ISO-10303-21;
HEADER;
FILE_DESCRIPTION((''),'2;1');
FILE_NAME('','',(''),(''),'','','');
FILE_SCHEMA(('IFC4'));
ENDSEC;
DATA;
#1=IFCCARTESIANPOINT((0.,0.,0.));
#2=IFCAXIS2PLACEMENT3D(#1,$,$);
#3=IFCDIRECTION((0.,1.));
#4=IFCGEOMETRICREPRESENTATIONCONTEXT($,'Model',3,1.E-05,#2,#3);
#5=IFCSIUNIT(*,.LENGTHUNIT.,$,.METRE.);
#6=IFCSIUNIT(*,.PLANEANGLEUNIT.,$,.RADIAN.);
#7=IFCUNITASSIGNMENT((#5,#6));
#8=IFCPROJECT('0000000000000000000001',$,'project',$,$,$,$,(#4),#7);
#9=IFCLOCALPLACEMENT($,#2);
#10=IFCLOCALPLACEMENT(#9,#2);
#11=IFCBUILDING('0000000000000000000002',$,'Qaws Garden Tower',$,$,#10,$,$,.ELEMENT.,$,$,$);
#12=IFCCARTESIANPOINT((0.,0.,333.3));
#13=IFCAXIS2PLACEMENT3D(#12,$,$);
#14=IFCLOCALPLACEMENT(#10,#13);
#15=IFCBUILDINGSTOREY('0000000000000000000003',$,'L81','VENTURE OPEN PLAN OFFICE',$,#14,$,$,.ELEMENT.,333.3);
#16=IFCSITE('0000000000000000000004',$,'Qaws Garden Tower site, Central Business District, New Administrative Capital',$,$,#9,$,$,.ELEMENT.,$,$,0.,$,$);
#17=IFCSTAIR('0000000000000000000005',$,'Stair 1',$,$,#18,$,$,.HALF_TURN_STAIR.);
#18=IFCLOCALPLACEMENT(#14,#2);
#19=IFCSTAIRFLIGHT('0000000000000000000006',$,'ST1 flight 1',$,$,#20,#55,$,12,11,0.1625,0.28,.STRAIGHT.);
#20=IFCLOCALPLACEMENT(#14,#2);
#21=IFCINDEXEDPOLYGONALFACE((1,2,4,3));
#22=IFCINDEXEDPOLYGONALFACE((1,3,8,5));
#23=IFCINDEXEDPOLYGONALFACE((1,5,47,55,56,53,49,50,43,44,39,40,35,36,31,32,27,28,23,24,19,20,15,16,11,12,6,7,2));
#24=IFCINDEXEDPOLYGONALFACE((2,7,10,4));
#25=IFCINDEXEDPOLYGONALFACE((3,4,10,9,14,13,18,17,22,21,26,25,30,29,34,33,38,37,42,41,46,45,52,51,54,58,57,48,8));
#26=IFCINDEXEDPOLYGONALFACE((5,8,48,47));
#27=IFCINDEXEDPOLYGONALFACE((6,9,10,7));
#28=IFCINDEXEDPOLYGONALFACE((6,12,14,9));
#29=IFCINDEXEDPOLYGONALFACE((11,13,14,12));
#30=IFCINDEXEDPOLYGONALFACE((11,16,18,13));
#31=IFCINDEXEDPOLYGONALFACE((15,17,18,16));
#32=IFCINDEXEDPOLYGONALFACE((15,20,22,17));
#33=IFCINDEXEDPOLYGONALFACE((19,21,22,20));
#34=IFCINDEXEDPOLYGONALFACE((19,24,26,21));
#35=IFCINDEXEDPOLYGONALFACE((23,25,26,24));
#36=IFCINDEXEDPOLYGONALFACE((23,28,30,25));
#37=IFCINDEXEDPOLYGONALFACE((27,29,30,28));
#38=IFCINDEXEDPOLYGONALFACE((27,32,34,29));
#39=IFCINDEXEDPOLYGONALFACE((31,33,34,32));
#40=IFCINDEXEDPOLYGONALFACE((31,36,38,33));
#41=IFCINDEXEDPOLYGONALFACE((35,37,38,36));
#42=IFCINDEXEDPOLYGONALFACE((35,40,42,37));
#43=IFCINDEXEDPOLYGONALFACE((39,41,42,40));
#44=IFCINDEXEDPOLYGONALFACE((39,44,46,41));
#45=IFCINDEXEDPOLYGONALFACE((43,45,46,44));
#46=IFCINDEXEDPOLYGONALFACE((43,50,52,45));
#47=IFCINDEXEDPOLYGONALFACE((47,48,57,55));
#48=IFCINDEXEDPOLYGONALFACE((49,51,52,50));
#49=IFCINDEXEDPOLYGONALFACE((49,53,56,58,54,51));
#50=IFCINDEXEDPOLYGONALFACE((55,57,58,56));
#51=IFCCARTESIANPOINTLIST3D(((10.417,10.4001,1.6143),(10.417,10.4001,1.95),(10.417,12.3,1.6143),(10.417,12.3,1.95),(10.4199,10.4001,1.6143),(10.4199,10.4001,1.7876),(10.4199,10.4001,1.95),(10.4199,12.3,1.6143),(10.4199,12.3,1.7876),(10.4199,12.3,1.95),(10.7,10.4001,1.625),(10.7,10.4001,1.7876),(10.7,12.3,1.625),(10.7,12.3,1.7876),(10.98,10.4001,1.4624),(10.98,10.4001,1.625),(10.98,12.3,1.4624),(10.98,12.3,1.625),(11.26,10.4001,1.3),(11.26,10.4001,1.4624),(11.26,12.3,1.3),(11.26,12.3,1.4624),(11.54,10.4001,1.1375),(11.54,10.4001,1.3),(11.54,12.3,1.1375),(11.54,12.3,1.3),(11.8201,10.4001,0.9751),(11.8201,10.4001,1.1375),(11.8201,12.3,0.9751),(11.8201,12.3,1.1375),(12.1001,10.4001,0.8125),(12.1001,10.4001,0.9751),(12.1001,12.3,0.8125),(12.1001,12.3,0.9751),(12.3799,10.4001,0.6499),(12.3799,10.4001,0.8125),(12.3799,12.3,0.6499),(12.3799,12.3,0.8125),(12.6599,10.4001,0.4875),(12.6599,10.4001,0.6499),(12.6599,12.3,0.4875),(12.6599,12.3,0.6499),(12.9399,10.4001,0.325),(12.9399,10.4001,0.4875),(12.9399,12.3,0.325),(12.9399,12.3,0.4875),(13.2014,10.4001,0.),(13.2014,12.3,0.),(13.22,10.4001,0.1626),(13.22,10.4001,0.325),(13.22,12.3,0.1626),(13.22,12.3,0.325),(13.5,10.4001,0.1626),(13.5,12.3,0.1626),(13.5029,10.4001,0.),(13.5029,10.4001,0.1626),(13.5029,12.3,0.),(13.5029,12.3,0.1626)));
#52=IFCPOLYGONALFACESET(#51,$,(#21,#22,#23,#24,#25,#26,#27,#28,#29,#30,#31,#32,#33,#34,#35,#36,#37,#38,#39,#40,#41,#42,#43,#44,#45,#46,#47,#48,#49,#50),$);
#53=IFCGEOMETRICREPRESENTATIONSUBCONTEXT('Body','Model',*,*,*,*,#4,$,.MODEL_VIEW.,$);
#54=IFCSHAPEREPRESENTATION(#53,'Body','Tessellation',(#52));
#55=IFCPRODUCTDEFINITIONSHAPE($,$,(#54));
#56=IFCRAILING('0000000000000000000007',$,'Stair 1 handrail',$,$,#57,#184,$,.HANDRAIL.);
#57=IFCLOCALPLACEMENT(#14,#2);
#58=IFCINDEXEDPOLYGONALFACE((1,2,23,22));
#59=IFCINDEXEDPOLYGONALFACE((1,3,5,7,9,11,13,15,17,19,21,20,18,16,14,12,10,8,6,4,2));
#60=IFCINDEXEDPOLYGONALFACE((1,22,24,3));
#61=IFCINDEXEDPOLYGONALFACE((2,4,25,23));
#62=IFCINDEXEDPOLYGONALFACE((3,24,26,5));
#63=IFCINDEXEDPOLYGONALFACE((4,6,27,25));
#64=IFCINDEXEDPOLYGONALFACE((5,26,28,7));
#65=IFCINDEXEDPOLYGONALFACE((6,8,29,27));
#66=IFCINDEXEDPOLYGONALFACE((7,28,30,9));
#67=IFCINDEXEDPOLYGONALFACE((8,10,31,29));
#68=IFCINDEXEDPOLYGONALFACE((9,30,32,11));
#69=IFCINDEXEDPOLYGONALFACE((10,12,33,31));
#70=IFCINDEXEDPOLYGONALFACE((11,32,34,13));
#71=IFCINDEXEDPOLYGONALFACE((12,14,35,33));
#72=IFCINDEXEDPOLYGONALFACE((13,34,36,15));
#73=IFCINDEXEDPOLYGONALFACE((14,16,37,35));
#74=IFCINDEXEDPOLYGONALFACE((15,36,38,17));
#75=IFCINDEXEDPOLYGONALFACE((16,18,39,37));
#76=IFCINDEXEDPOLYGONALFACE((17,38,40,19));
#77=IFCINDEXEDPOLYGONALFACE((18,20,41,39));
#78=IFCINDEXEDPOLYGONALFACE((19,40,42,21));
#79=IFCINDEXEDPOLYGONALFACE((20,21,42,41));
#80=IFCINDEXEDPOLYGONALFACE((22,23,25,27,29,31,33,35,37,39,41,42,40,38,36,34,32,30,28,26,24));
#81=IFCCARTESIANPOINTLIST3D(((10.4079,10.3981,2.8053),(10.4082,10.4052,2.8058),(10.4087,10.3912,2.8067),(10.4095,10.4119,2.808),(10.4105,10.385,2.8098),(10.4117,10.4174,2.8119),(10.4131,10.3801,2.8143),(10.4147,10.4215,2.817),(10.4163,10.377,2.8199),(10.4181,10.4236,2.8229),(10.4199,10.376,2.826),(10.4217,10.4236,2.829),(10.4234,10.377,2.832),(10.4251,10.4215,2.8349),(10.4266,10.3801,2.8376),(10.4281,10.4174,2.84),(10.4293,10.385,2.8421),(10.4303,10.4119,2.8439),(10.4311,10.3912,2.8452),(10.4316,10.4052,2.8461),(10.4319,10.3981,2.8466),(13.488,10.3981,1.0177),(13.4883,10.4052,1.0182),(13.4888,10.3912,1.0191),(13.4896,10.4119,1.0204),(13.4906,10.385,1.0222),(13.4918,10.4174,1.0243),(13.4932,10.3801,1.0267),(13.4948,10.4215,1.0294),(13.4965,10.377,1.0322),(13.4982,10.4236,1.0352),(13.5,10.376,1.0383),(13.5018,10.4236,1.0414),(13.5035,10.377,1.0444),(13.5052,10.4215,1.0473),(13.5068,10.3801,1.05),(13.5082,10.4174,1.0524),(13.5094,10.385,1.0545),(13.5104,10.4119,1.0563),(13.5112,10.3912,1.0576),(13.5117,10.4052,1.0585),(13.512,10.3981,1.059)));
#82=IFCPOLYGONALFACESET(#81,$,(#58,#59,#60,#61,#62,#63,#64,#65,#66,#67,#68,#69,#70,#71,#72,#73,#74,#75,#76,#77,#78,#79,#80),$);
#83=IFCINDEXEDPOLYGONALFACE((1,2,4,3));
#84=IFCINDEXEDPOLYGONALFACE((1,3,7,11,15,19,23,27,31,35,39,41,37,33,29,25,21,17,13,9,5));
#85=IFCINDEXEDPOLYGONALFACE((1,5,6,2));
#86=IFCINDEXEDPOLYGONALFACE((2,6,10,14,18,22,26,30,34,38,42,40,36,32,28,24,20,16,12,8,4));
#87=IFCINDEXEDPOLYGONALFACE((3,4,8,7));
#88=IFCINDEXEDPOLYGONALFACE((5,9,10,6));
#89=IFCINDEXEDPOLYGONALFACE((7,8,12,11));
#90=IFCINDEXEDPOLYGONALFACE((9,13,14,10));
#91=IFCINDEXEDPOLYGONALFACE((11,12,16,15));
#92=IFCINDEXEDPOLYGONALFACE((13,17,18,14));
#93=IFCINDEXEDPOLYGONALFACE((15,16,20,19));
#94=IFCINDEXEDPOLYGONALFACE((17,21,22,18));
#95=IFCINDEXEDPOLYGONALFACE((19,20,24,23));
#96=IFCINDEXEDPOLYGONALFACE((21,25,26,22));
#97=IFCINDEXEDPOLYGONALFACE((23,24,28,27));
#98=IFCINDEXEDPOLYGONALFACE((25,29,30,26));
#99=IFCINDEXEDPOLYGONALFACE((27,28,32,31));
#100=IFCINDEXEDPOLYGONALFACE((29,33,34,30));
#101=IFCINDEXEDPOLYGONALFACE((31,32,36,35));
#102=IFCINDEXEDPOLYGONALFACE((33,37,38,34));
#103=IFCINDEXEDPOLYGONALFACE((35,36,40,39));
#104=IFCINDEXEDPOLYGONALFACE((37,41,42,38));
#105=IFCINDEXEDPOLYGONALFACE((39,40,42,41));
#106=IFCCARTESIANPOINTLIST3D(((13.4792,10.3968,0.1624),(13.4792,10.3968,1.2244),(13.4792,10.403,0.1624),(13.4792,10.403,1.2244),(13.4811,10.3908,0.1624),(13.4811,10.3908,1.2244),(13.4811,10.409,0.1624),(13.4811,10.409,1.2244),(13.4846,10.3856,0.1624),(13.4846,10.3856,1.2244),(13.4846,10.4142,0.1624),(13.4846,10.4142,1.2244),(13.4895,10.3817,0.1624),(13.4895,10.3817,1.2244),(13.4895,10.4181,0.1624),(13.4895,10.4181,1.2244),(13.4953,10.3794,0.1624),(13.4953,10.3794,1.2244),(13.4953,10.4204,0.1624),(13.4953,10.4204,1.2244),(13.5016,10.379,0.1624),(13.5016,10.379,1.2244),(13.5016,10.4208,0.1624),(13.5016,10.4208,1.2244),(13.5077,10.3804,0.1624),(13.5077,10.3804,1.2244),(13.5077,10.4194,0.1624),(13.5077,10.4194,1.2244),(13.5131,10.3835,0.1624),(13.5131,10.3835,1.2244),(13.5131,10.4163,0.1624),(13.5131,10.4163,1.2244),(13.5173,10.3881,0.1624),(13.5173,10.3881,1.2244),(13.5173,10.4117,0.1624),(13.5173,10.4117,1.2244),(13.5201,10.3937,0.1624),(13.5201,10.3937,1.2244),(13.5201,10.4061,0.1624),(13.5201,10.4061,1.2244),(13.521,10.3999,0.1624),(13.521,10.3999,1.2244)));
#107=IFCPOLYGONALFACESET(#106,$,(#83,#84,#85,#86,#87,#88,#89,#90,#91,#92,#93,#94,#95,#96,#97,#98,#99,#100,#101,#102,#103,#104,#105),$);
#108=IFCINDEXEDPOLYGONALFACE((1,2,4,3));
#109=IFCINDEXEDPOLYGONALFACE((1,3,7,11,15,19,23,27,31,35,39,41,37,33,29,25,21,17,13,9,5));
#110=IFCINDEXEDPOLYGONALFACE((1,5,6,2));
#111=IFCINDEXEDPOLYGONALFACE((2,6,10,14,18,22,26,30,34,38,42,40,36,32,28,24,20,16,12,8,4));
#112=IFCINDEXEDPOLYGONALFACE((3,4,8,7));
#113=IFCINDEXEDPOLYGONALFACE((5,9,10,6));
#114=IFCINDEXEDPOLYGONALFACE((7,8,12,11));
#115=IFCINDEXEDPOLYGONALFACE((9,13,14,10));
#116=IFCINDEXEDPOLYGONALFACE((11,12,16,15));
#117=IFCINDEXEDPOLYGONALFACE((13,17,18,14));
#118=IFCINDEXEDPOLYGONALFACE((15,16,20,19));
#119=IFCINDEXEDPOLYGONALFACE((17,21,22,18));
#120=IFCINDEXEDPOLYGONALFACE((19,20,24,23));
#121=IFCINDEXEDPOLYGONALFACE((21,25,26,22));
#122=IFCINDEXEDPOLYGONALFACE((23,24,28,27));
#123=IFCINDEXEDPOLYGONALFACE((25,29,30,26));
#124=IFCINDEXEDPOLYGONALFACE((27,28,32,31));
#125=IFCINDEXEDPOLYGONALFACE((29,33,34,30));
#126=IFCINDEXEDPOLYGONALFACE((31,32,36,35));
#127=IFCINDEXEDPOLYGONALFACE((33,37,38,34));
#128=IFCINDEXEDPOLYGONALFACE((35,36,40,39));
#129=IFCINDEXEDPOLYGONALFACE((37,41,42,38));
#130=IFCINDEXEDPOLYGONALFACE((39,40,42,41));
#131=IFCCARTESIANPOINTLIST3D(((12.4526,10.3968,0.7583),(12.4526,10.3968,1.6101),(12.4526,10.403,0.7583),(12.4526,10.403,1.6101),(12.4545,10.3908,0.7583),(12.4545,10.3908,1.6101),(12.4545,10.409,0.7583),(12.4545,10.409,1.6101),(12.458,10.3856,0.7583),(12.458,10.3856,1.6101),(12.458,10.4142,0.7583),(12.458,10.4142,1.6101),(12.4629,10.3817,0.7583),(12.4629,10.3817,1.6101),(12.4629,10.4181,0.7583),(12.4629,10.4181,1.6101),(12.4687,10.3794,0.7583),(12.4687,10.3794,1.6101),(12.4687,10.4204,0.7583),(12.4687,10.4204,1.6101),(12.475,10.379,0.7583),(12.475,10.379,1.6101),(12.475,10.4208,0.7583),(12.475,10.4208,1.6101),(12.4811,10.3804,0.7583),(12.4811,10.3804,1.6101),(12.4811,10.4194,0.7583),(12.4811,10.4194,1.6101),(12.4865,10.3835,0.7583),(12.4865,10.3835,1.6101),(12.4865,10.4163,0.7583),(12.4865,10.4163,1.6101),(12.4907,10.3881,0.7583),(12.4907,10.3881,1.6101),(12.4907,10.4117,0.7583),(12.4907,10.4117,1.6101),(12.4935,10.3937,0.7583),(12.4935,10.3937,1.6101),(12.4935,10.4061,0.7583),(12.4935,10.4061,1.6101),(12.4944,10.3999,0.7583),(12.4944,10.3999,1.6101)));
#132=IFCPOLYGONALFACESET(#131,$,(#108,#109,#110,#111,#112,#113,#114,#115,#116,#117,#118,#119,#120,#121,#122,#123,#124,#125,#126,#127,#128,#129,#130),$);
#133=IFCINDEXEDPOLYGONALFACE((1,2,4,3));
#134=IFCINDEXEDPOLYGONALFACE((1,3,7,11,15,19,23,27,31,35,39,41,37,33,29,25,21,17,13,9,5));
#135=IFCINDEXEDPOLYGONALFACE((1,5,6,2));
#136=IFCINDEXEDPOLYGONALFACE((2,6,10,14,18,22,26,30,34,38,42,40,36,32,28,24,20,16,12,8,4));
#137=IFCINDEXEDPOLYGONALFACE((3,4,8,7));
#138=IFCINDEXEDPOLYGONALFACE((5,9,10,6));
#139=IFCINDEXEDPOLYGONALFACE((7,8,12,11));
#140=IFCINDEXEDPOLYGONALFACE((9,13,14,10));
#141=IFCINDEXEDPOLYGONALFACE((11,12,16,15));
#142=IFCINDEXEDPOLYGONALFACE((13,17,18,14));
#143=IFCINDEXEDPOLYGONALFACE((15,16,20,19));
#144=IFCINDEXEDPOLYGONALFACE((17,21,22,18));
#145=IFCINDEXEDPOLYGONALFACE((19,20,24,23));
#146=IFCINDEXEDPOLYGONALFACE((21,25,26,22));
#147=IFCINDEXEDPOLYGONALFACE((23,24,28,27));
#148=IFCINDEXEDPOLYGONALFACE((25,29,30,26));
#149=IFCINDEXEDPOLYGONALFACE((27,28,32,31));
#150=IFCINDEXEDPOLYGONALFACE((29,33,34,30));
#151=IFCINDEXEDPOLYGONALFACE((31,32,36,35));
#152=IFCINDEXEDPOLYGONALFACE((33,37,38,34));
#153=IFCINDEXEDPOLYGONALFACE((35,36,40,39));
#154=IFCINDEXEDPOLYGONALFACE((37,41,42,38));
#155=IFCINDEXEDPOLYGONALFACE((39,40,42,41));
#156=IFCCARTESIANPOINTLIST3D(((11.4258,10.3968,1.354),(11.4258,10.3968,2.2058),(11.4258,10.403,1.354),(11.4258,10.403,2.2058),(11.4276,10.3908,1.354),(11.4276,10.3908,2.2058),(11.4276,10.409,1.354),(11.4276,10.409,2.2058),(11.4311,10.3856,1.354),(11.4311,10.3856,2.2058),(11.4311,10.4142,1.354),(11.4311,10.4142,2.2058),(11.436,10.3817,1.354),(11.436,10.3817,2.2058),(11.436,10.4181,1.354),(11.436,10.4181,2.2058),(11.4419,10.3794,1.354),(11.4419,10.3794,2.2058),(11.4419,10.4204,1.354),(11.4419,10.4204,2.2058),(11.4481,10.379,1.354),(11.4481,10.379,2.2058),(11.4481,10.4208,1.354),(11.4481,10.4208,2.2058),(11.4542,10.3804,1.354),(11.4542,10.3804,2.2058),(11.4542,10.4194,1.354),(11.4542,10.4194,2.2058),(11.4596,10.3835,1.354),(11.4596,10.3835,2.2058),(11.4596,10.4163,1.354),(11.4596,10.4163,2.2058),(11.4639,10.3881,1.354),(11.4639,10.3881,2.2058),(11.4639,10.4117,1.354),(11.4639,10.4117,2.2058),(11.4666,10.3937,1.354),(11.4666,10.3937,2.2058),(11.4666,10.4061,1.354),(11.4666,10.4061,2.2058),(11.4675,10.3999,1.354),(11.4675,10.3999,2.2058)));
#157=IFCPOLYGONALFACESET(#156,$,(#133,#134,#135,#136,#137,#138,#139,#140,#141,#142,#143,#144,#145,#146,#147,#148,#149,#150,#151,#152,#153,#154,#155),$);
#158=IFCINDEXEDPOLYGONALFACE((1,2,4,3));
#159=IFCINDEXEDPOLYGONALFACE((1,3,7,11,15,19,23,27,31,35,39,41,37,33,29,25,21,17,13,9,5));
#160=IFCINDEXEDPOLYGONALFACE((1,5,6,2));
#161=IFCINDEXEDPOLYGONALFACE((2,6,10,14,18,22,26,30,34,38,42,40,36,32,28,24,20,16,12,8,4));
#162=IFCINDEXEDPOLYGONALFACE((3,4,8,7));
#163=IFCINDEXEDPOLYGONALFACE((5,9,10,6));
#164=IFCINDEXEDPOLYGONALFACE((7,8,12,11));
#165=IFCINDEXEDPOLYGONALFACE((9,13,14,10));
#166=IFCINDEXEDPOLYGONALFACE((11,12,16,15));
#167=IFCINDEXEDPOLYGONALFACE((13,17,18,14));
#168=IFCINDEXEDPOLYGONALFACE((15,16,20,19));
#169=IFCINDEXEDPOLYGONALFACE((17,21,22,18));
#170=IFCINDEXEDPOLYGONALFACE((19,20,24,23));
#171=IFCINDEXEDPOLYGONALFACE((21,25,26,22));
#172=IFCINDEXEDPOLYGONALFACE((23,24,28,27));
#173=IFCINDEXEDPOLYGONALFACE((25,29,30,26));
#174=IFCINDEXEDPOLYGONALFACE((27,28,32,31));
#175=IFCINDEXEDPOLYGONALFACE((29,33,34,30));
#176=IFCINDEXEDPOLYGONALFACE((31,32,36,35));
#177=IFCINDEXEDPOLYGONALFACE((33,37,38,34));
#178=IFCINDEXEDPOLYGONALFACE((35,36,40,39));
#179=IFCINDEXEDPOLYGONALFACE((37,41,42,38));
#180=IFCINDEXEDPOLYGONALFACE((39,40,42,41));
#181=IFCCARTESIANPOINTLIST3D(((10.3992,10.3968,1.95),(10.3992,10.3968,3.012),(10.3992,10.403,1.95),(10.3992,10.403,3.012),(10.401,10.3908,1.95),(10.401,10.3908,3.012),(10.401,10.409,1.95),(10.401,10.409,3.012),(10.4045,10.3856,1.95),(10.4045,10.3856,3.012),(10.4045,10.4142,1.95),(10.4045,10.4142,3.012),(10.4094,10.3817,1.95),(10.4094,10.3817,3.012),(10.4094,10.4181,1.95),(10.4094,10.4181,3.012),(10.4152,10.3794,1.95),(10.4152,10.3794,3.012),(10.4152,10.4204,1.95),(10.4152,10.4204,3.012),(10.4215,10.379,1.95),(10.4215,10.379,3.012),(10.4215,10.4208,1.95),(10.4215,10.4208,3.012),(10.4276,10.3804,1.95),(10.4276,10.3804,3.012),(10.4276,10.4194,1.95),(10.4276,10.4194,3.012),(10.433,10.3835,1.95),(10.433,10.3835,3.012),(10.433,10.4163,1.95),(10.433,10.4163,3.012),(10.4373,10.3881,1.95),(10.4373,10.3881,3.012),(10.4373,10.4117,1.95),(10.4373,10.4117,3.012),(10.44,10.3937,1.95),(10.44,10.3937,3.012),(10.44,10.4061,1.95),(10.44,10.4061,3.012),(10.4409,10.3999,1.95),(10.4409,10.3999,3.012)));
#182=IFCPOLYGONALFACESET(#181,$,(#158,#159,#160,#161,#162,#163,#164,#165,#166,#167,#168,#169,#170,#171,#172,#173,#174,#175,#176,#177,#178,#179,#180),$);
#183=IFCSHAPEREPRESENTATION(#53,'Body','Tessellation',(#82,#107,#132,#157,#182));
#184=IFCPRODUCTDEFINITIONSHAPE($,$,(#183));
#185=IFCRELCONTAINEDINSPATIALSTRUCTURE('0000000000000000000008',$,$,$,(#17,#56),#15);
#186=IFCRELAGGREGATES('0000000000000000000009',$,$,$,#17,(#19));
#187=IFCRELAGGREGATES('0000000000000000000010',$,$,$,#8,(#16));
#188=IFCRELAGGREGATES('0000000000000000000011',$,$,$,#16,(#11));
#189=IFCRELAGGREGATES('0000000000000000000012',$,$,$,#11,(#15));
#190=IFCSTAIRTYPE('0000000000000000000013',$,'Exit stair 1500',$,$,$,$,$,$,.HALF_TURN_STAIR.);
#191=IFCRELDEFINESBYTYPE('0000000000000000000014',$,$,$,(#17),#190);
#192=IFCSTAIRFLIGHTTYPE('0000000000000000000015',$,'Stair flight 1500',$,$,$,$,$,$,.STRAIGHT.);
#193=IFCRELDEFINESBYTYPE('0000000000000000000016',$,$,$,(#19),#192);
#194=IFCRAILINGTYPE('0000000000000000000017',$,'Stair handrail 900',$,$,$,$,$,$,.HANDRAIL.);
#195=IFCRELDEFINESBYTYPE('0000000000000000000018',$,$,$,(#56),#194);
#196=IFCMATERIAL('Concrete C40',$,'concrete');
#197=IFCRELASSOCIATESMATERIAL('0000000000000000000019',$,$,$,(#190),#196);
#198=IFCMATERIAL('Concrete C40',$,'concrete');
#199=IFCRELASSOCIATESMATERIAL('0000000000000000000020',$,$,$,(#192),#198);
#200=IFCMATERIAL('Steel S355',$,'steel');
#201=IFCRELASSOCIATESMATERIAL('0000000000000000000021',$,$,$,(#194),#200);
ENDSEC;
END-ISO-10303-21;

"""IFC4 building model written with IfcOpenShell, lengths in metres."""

from ifc_helpers import new_model, si_unit, direction, frame, origin, origin_2d, place, context, subcontext, project, spatial, polyline, circle, outline, extrude, material, type_object, element, aggregate, save


model = new_model("IFC4")

# Units and contexts
model_context = context("Model", 3, precision=1e-05, world=origin(), true_north=direction((0.0, 1.0)))
body_context = subcontext(model_context, "Body", "Model", "MODEL_VIEW")
ifc_project = project(units=[si_unit("LENGTHUNIT", "METRE"), si_unit("PLANEANGLEUNIT", "RADIAN")], contexts=[model_context])

# Site, building, storey
site_placement = place(None, origin())
site = spatial("IfcSite", under=ifc_project, at=site_placement, Name="Qaws Garden Tower site, Central Business District, New Administrative Capital", CompositionType="ELEMENT", RefElevation=0.0)
building_placement = place(site_placement, origin())
building = spatial("IfcBuilding", under=site, at=building_placement, Name="Qaws Garden Tower", CompositionType="ELEMENT")
storey_placement = place(building_placement, frame((0.0, 0.0, 333.3)))
storey = spatial("IfcBuildingStorey", under=building, at=storey_placement, Name="L81", Description="VENTURE OPEN PLAN OFFICE", CompositionType="ELEMENT", Elevation=333.3)

# Stair, stair flight
ifc_material_1 = material(Name="Concrete C40", Category="concrete")
stair_type = type_object("IfcStairType", Name="Exit stair 1500", PredefinedType="HALF_TURN_STAIR", material=ifc_material_1)
stair_placement = place(storey_placement, origin())
stair = element("IfcStair", 1, at=stair_placement, inside=storey, type_object=stair_type, Name="Stair 1", PredefinedType="HALF_TURN_STAIR")
ifc_material_2 = material(Name="Concrete C40", Category="concrete")
stair_flight_type = type_object("IfcStairFlightType", Name="Stair flight 1500", PredefinedType="STRAIGHT", material=ifc_material_2)
stair_flight_placement = place(storey_placement, frame((13.5, 11.3501, 0.0), z_axis=(0.0, 0.0, 1.0), x_axis=(-1.0, 0.0, 0.0)))
stair_flight = element("IfcStairFlight", 2, at=stair_flight_placement, type_object=stair_flight_type, Name="ST1 flight 1", NumberOfRisers=12, NumberOfTreads=11, PredefinedType="STRAIGHT", RiserHeight=0.1625, TreadLength=0.28, context=body_context, shape_type="SweptSolid", body=[
    extrude(outline(polyline([(-0.0029, 0.0), (-0.0029, 0.1626), (0.0, 0.1626), (0.28, 0.1626), (0.28, 0.325), (0.5601, 0.325), (0.5601, 0.4875), (0.8401, 0.4875), (0.8401, 0.6499), (1.1201, 0.6499), (1.1201, 0.8125), (1.3999, 0.8125), (1.3999, 0.9751), (1.6799, 0.9751), (1.6799, 1.1375), (1.96, 1.1375), (1.96, 1.3), (2.24, 1.3), (2.24, 1.4624), (2.52, 1.4624), (2.52, 1.625), (2.8, 1.625), (2.8, 1.7876), (3.0801, 1.7876), (3.0801, 1.95), (3.083, 1.95), (3.083, 1.6143), (3.0801, 1.6143), (0.2986, 0.0), (-0.0029, 0.0)])), frame((0.0, 0.95, 0.0), z_axis=(0.0, -1.0, 0.0), x_axis=(1.0, 0.0, 0.0)), (0.0, 0.0, 1.0), 1.8999),
])
aggregate(stair, [stair_flight])

# Railing
ifc_material_3 = material(Name="Steel S355", Category="steel")
railing_type = type_object("IfcRailingType", Name="Stair handrail 900", PredefinedType="HANDRAIL", material=ifc_material_3)
railing_1_placement = place(storey_placement, frame((13.5, 10.3999, 0.1624)))
element("IfcRailing", 3, at=railing_1_placement, inside=storey, type_object=railing_type, Name="Stair 1 handrail", PredefinedType="HANDRAIL", context=body_context, shape_type="SweptSolid", body=[
    extrude(circle(Radius=0.0239, at=origin_2d()), frame((0.0, 0.0, 0.876), z_axis=(-0.864891, 0.0, 0.50196), x_axis=(0.0, -1.0, 0.0)), (0.0, 0.0, 1.0), 3.5613),
    extrude(circle(Radius=0.021, at=origin_2d()), origin(), (0.0, 0.0, 1.0), 1.062),
    extrude(circle(Radius=0.021, at=origin_2d()), frame((-1.0266, 0.0, 0.5959)), (0.0, 0.0, 1.0), 0.8518),
    extrude(circle(Radius=0.021, at=origin_2d()), frame((-2.0535, 0.0, 1.1917)), (0.0, 0.0, 1.0), 0.8518),
    extrude(circle(Radius=0.021, at=origin_2d()), frame((-3.0801, 0.0, 1.7876)), (0.0, 0.0, 1.0), 1.062),
])

save(model, "model.ifc")
